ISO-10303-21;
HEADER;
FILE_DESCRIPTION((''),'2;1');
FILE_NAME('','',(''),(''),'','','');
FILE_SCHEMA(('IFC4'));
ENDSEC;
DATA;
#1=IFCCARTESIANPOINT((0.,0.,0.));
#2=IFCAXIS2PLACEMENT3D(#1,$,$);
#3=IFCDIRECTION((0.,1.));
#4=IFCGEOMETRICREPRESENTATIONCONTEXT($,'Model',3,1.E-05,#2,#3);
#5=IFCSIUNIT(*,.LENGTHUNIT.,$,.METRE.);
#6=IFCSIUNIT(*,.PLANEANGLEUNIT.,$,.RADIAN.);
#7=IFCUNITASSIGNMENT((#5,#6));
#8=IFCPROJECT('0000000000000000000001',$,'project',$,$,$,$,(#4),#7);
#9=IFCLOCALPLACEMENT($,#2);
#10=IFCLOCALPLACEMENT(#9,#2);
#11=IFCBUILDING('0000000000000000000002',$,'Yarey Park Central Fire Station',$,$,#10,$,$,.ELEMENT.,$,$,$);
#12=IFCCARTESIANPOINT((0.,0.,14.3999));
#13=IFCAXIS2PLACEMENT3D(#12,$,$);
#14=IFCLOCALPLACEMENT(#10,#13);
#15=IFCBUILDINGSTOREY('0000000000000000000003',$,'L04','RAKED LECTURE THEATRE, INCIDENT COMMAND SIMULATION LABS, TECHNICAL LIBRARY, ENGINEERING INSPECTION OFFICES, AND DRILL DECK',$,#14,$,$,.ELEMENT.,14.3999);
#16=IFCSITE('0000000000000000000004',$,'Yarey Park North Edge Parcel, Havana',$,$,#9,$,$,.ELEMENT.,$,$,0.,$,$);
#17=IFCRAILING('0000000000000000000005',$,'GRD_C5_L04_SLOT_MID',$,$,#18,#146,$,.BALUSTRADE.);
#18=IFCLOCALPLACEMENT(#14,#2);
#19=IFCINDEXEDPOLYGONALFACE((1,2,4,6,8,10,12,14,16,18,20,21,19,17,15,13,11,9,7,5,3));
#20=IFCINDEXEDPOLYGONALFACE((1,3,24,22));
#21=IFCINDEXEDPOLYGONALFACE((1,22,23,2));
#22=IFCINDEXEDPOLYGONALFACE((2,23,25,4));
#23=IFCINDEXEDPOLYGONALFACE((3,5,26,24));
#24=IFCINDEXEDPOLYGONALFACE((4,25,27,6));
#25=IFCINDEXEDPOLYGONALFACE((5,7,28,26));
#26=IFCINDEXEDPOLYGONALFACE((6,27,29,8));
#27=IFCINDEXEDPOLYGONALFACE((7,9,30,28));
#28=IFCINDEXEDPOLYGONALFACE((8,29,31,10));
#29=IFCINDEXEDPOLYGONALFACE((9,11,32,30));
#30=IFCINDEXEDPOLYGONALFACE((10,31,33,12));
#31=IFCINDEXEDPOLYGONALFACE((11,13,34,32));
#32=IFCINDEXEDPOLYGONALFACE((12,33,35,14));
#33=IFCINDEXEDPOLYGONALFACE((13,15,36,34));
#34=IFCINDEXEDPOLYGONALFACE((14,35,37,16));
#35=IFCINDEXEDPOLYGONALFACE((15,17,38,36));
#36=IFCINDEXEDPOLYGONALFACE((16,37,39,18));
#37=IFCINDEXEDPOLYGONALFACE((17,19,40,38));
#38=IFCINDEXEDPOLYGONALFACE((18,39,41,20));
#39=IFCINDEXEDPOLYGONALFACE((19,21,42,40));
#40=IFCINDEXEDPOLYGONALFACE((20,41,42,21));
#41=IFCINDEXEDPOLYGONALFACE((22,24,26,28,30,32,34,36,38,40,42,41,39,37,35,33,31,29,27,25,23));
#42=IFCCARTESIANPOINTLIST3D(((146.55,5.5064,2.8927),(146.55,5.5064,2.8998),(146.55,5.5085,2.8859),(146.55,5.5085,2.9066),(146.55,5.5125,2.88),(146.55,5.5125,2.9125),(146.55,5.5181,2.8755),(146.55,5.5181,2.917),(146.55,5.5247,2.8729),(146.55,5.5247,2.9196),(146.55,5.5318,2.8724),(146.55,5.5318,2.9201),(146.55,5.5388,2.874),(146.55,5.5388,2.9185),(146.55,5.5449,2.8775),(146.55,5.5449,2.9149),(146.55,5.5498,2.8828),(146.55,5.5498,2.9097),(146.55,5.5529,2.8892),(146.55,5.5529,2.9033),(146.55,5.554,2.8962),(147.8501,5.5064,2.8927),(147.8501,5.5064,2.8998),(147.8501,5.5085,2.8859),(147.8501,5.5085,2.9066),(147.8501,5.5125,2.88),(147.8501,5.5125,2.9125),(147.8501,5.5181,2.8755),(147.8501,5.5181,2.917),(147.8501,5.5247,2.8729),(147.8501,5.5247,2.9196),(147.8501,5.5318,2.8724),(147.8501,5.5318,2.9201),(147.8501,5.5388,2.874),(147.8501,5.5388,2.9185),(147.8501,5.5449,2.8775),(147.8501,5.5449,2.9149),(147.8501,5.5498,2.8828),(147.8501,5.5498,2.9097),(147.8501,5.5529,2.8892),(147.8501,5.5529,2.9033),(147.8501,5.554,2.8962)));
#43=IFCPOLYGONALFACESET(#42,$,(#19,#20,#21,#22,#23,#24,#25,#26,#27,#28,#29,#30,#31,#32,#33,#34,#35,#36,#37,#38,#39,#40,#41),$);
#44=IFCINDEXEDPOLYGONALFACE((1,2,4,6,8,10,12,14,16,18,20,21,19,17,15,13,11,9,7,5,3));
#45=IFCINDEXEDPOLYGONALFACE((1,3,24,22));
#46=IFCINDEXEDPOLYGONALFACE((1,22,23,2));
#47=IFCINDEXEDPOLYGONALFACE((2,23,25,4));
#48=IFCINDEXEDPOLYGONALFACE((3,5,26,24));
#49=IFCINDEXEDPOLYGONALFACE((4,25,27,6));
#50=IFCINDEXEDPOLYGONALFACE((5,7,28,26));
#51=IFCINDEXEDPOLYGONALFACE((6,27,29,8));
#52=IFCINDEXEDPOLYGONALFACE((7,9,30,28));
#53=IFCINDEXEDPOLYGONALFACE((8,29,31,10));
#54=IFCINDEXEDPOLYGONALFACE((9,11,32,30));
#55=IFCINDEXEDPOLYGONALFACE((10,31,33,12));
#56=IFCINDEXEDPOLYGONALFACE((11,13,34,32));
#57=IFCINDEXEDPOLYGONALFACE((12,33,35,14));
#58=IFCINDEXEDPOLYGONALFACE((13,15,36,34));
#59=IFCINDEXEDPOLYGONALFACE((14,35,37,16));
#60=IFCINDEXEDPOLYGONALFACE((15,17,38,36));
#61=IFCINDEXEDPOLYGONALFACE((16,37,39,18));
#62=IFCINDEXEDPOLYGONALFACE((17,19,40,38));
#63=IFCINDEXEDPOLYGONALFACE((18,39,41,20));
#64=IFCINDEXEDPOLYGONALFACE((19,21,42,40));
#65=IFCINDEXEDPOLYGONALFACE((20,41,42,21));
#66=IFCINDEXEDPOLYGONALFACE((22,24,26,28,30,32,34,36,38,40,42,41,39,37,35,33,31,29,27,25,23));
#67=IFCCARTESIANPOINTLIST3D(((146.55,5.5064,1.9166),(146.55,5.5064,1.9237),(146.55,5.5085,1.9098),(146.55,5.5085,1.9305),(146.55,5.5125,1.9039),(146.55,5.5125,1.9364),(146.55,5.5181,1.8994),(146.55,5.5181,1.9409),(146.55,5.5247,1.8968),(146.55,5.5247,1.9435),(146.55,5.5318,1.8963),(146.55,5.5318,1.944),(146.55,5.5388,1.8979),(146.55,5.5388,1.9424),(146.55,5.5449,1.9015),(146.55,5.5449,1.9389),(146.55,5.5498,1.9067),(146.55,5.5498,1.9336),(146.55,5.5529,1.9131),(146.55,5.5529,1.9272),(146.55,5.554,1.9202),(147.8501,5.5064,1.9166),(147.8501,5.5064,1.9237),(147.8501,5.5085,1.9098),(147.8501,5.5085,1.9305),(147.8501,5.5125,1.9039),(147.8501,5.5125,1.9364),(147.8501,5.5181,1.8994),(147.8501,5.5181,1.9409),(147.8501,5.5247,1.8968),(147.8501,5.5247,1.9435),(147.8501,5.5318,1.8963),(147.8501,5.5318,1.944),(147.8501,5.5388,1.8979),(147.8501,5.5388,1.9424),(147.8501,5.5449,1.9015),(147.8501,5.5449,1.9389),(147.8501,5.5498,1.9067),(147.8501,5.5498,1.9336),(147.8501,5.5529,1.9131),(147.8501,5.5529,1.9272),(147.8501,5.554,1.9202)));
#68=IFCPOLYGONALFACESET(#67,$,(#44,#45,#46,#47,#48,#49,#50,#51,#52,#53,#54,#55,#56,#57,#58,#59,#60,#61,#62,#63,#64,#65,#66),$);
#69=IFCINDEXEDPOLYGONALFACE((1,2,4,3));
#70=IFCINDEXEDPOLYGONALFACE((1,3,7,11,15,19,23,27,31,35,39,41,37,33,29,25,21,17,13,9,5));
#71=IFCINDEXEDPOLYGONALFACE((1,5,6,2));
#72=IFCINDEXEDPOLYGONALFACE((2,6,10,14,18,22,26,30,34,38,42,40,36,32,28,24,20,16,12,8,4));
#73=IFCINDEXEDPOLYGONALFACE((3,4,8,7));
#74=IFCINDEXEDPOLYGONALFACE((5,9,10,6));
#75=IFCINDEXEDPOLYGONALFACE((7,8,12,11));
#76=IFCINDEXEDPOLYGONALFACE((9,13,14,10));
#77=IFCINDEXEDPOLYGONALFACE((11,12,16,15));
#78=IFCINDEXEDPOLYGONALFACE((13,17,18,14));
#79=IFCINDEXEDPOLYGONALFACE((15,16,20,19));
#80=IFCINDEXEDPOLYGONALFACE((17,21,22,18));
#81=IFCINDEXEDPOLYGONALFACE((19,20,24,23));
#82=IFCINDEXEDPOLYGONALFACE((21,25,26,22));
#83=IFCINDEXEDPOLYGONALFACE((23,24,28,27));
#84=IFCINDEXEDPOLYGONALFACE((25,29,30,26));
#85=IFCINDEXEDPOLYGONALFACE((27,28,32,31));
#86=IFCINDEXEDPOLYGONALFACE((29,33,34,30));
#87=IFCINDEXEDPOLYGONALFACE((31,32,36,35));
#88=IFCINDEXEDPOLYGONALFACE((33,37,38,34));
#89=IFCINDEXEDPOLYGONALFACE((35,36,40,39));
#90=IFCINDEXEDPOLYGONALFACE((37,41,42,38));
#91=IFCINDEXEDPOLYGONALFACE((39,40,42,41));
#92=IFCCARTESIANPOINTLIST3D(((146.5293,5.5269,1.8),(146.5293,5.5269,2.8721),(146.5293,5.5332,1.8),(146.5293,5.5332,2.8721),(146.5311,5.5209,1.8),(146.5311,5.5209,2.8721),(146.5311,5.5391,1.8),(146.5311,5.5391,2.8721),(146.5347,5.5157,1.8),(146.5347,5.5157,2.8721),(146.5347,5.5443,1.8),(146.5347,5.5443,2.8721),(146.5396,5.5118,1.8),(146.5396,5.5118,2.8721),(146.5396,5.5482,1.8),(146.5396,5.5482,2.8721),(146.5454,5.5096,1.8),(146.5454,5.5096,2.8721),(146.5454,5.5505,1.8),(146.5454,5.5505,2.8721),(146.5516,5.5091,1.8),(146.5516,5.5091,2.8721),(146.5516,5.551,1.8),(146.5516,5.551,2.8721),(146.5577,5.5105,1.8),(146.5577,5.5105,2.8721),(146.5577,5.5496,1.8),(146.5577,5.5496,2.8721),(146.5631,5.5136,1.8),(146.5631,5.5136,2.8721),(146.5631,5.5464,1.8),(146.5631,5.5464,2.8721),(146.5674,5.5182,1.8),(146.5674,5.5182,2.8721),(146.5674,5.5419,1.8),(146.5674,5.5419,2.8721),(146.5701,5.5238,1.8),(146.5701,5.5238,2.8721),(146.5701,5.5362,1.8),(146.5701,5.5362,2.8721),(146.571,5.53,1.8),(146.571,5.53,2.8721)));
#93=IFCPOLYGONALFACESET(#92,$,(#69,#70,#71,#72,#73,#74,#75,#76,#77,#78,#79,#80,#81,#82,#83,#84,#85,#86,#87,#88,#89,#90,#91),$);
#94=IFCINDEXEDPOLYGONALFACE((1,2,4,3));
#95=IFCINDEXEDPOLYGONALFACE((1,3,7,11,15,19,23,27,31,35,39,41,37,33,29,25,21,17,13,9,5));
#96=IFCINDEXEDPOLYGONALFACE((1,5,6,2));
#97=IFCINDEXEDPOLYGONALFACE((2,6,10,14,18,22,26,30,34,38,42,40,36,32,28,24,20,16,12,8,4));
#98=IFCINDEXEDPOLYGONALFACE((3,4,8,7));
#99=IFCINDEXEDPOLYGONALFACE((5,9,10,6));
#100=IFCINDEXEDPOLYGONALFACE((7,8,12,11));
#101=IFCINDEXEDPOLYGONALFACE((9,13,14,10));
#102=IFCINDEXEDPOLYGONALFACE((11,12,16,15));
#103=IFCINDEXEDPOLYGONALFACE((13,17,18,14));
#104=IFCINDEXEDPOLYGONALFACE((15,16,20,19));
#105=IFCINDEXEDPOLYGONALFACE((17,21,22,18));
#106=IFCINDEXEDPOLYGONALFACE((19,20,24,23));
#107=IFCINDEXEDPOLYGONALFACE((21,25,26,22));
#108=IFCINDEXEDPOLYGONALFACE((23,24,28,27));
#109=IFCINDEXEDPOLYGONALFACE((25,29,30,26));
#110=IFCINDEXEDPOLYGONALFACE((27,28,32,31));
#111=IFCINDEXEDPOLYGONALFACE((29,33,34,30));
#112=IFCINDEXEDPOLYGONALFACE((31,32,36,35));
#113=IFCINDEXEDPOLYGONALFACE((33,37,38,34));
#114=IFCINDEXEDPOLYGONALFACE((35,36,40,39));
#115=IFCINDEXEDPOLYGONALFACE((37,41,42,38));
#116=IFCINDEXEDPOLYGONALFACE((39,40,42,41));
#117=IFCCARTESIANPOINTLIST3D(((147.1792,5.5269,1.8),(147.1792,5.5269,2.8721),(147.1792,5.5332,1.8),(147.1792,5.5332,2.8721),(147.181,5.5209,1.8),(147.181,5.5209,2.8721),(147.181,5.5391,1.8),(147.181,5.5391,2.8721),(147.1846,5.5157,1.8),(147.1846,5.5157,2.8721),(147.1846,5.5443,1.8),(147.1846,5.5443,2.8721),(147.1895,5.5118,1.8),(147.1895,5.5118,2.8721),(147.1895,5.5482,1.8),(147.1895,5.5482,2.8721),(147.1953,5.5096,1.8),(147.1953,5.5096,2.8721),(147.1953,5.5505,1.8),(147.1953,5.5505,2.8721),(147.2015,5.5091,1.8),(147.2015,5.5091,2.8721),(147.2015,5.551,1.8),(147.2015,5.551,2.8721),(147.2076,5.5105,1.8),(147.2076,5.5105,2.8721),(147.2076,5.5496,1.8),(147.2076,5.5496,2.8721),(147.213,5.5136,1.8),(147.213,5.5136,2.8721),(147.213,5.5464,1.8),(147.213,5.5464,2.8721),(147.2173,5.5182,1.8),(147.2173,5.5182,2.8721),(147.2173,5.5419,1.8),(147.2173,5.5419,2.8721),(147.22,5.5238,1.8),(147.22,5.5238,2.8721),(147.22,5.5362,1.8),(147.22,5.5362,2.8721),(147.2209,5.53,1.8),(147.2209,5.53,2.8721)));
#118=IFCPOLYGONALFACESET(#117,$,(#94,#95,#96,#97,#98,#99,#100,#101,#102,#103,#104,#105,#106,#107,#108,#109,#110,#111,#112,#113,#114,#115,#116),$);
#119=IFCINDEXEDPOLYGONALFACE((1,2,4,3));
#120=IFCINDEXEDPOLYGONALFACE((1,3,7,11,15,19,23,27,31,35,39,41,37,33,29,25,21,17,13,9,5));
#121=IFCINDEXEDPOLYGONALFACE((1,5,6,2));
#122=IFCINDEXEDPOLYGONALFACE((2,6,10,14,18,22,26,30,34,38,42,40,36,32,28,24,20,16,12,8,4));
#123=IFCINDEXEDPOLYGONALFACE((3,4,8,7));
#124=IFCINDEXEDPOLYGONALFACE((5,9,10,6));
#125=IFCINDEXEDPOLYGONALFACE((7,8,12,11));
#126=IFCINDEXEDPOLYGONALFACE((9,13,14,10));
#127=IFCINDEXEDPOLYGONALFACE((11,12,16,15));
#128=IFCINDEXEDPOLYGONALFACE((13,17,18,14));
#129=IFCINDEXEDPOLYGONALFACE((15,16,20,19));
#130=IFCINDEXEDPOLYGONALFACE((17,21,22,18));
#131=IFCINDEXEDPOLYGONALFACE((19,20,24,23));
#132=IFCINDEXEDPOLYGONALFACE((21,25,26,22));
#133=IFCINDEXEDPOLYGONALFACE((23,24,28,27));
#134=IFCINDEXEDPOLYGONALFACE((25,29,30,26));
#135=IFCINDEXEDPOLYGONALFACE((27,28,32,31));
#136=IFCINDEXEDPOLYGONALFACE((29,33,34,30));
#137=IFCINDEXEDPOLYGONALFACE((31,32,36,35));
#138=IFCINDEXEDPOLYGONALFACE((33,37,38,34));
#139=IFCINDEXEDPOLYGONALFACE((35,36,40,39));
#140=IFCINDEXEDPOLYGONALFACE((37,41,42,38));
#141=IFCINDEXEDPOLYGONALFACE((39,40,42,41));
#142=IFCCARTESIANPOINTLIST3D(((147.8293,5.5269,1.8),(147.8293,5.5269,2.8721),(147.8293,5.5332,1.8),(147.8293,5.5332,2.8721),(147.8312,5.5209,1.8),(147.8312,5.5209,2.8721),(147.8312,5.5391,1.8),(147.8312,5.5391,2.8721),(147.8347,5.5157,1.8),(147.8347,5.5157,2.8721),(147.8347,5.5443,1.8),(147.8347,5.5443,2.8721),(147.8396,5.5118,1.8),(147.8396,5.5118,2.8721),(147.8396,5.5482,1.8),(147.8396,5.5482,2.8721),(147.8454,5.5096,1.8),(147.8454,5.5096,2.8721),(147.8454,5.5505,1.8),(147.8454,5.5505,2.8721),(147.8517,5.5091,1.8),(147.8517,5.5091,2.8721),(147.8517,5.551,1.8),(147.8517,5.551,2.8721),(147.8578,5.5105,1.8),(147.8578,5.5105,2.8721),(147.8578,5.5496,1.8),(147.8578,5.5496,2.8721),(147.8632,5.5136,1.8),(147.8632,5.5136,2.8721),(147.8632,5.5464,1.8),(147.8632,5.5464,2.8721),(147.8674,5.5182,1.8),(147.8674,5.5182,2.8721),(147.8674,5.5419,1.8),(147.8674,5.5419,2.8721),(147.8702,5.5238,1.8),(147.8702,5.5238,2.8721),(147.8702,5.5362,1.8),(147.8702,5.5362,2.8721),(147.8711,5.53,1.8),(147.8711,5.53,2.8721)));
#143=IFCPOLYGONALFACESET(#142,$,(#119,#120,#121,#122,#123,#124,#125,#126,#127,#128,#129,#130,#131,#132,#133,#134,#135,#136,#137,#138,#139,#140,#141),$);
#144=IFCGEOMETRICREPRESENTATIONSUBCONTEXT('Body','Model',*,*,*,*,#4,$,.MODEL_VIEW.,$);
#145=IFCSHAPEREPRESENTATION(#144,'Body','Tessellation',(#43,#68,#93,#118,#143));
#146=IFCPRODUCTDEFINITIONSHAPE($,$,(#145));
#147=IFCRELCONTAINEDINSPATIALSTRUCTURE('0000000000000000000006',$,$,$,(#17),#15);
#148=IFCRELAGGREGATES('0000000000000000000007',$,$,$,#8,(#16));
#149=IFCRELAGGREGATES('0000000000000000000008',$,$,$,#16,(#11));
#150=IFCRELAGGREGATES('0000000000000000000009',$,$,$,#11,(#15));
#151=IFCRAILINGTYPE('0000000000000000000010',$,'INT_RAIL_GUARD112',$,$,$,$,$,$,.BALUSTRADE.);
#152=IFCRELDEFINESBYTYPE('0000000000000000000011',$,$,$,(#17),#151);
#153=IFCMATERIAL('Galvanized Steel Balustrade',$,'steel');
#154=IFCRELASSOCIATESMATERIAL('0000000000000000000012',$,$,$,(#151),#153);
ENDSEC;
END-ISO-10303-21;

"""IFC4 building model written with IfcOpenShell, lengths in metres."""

from ifc_helpers import new_model, si_unit, direction, frame, origin, origin_2d, place, context, subcontext, project, spatial, circle, extrude, material, type_object, element, save


model = new_model("IFC4")

# Units and contexts
model_context = context("Model", 3, precision=1e-05, world=origin(), true_north=direction((0.0, 1.0)))
body_context = subcontext(model_context, "Body", "Model", "MODEL_VIEW")
ifc_project = project(units=[si_unit("LENGTHUNIT", "METRE"), si_unit("PLANEANGLEUNIT", "RADIAN")], contexts=[model_context])

# Site, building, storey
site_placement = place(None, origin())
site = spatial("IfcSite", under=ifc_project, at=site_placement, Name="Yarey Park North Edge Parcel, Havana", CompositionType="ELEMENT", RefElevation=0.0)
building_placement = place(site_placement, origin())
building = spatial("IfcBuilding", under=site, at=building_placement, Name="Yarey Park Central Fire Station", CompositionType="ELEMENT")
storey_placement = place(building_placement, frame((0.0, 0.0, 14.3999)))
storey = spatial("IfcBuildingStorey", under=building, at=storey_placement, Name="L04", Description="RAKED LECTURE THEATRE, INCIDENT COMMAND SIMULATION LABS, TECHNICAL LIBRARY, ENGINEERING INSPECTION OFFICES, AND DRILL DECK", CompositionType="ELEMENT", Elevation=14.3999)

# Railing
ifc_material_1 = material(Name="Galvanized Steel Balustrade", Category="steel")
railing_type_1 = type_object("IfcRailingType", Name="INT_RAIL_GUARD112", PredefinedType="BALUSTRADE", material=ifc_material_1)
for number, where, name in (
    (1, (146.55, 5.53, 1.8), "GRD_C5_L04_SLOT_MID"),
):
    element("IfcRailing", number, at=place(storey_placement, frame(where)), inside=storey, type_object=railing_type_1, Name=name, PredefinedType="BALUSTRADE", context=body_context, shape_type="SweptSolid", body=[
        extrude(circle(Radius=0.0239, at=origin_2d()), frame((0.0, 0.0, 1.0962), z_axis=(1.0, 0.0, 0.0), x_axis=(0.0, 1.0, 0.0)), (0.0, 0.0, 1.0), 1.3),
        extrude(circle(Radius=0.0239, at=origin_2d()), frame((0.0, 0.0, 0.1201), z_axis=(1.0, 0.0, 0.0), x_axis=(0.0, 1.0, 0.0)), (0.0, 0.0, 1.0), 1.3),
        extrude(circle(Radius=0.021, at=origin_2d()), origin(), (0.0, 0.0, 1.0), 1.072),
        extrude(circle(Radius=0.021, at=origin_2d()), frame((0.6499, 0.0, 0.0)), (0.0, 0.0, 1.0), 1.072),
        extrude(circle(Radius=0.021, at=origin_2d()), frame((1.3, 0.0, 0.0)), (0.0, 0.0, 1.0), 1.072),
    ])

save(model, "model.ifc")
